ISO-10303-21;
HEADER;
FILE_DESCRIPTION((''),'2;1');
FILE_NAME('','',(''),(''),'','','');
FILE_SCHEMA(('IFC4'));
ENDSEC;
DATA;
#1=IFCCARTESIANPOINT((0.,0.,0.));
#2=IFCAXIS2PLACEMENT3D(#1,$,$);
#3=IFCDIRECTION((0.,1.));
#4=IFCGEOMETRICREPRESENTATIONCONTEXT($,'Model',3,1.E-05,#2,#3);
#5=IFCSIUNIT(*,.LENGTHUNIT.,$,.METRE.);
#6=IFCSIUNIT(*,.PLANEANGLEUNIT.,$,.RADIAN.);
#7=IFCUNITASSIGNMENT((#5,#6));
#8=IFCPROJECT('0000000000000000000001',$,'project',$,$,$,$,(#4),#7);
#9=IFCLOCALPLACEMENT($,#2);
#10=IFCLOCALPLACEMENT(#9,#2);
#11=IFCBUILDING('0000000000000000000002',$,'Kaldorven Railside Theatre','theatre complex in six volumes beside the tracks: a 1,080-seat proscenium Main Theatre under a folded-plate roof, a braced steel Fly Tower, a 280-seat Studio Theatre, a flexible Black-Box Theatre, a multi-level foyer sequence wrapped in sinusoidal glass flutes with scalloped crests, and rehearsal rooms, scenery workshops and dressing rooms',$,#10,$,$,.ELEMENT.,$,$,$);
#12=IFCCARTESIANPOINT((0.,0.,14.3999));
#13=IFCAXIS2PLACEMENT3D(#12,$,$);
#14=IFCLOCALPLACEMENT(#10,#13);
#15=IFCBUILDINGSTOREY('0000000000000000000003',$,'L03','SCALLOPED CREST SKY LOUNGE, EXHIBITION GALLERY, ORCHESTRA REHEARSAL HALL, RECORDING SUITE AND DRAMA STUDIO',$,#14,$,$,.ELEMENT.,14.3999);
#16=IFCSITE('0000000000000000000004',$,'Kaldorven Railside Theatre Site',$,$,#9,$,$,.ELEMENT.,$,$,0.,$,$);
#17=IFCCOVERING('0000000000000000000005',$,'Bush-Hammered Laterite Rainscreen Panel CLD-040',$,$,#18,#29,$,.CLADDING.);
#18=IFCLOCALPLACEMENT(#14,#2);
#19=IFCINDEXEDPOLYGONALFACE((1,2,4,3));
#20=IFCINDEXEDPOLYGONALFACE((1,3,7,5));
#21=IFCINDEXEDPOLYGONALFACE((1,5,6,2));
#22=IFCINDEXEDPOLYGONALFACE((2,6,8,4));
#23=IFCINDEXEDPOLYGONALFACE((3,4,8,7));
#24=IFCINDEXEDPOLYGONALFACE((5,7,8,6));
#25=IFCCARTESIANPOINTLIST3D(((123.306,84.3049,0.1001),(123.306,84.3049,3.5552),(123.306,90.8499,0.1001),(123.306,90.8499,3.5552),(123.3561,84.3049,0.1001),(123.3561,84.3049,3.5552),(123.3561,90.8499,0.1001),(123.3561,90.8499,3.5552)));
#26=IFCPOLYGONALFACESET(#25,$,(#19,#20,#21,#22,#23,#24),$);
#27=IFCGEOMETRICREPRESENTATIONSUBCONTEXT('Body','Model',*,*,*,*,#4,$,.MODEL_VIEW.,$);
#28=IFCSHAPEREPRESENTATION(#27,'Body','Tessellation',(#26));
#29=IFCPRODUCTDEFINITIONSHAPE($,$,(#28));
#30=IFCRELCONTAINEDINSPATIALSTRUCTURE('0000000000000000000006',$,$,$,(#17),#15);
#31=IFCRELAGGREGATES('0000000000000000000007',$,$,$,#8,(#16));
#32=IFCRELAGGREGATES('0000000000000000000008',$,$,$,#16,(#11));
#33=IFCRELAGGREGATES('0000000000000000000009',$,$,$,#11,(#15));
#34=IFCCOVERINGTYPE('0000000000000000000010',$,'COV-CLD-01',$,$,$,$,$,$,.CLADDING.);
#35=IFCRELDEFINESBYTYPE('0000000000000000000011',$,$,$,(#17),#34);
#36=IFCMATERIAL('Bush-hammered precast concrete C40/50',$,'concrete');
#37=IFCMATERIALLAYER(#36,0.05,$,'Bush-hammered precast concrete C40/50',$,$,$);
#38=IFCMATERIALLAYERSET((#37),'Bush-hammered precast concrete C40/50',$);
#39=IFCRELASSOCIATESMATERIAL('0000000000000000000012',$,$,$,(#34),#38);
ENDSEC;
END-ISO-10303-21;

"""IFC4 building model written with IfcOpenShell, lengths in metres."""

from ifc_helpers import new_model, si_unit, direction, frame, origin, origin_2d, place, context, subcontext, project, spatial, rectangle, extrude, material, layer, layer_set, type_object, element, save


model = new_model("IFC4")

# Units and contexts
model_context = context("Model", 3, precision=1e-05, world=origin(), true_north=direction((0.0, 1.0)))
body_context = subcontext(model_context, "Body", "Model", "MODEL_VIEW")
ifc_project = project(units=[si_unit("LENGTHUNIT", "METRE"), si_unit("PLANEANGLEUNIT", "RADIAN")], contexts=[model_context])

# Site, building, storey
site_placement = place(None, origin())
site = spatial("IfcSite", under=ifc_project, at=site_placement, Name="Kaldorven Railside Theatre Site", CompositionType="ELEMENT", RefElevation=0.0)
building_placement = place(site_placement, origin())
building = spatial("IfcBuilding", under=site, at=building_placement, Name="Kaldorven Railside Theatre", Description="theatre complex in six volumes beside the tracks: a 1,080-seat proscenium Main Theatre under a folded-plate roof, a braced steel Fly Tower, a 280-seat Studio Theatre, a flexible Black-Box Theatre, a multi-level foyer sequence wrapped in sinusoidal glass flutes with scalloped crests, and rehearsal rooms, scenery workshops and dressing rooms", CompositionType="ELEMENT")
storey_placement = place(building_placement, frame((0.0, 0.0, 14.3999)))
storey = spatial("IfcBuildingStorey", under=building, at=storey_placement, Name="L03", Description="SCALLOPED CREST SKY LOUNGE, EXHIBITION GALLERY, ORCHESTRA REHEARSAL HALL, RECORDING SUITE AND DRAMA STUDIO", CompositionType="ELEMENT", Elevation=14.3999)

# Covering
ifc_material_1 = material(Name="Bush-hammered precast concrete C40/50", Category="concrete")
ifc_layer_1 = layer(ifc_material_1, 0.05, Name="Bush-hammered precast concrete C40/50")
ifc_layer_set_1 = layer_set([ifc_layer_1], Name="Bush-hammered precast concrete C40/50")
covering_type = type_object("IfcCoveringType", Name="COV-CLD-01", PredefinedType="CLADDING", material=ifc_layer_set_1)
covering_placement = place(storey_placement, frame((123.3311, 87.5774, 0.1001), z_axis=(0.0, 0.0, 1.0), x_axis=(0.0, -1.0, 0.0)))
element("IfcCovering", 1, at=covering_placement, inside=storey, type_object=covering_type, Name="Bush-Hammered Laterite Rainscreen Panel CLD-040", PredefinedType="CLADDING", context=body_context, shape_type="SweptSolid", body=[
    extrude(rectangle(XDim=6.5449, YDim=0.05, at=origin_2d()), origin(), (0.0, 0.0, 1.0), 3.4551),
])

save(model, "model.ifc")
